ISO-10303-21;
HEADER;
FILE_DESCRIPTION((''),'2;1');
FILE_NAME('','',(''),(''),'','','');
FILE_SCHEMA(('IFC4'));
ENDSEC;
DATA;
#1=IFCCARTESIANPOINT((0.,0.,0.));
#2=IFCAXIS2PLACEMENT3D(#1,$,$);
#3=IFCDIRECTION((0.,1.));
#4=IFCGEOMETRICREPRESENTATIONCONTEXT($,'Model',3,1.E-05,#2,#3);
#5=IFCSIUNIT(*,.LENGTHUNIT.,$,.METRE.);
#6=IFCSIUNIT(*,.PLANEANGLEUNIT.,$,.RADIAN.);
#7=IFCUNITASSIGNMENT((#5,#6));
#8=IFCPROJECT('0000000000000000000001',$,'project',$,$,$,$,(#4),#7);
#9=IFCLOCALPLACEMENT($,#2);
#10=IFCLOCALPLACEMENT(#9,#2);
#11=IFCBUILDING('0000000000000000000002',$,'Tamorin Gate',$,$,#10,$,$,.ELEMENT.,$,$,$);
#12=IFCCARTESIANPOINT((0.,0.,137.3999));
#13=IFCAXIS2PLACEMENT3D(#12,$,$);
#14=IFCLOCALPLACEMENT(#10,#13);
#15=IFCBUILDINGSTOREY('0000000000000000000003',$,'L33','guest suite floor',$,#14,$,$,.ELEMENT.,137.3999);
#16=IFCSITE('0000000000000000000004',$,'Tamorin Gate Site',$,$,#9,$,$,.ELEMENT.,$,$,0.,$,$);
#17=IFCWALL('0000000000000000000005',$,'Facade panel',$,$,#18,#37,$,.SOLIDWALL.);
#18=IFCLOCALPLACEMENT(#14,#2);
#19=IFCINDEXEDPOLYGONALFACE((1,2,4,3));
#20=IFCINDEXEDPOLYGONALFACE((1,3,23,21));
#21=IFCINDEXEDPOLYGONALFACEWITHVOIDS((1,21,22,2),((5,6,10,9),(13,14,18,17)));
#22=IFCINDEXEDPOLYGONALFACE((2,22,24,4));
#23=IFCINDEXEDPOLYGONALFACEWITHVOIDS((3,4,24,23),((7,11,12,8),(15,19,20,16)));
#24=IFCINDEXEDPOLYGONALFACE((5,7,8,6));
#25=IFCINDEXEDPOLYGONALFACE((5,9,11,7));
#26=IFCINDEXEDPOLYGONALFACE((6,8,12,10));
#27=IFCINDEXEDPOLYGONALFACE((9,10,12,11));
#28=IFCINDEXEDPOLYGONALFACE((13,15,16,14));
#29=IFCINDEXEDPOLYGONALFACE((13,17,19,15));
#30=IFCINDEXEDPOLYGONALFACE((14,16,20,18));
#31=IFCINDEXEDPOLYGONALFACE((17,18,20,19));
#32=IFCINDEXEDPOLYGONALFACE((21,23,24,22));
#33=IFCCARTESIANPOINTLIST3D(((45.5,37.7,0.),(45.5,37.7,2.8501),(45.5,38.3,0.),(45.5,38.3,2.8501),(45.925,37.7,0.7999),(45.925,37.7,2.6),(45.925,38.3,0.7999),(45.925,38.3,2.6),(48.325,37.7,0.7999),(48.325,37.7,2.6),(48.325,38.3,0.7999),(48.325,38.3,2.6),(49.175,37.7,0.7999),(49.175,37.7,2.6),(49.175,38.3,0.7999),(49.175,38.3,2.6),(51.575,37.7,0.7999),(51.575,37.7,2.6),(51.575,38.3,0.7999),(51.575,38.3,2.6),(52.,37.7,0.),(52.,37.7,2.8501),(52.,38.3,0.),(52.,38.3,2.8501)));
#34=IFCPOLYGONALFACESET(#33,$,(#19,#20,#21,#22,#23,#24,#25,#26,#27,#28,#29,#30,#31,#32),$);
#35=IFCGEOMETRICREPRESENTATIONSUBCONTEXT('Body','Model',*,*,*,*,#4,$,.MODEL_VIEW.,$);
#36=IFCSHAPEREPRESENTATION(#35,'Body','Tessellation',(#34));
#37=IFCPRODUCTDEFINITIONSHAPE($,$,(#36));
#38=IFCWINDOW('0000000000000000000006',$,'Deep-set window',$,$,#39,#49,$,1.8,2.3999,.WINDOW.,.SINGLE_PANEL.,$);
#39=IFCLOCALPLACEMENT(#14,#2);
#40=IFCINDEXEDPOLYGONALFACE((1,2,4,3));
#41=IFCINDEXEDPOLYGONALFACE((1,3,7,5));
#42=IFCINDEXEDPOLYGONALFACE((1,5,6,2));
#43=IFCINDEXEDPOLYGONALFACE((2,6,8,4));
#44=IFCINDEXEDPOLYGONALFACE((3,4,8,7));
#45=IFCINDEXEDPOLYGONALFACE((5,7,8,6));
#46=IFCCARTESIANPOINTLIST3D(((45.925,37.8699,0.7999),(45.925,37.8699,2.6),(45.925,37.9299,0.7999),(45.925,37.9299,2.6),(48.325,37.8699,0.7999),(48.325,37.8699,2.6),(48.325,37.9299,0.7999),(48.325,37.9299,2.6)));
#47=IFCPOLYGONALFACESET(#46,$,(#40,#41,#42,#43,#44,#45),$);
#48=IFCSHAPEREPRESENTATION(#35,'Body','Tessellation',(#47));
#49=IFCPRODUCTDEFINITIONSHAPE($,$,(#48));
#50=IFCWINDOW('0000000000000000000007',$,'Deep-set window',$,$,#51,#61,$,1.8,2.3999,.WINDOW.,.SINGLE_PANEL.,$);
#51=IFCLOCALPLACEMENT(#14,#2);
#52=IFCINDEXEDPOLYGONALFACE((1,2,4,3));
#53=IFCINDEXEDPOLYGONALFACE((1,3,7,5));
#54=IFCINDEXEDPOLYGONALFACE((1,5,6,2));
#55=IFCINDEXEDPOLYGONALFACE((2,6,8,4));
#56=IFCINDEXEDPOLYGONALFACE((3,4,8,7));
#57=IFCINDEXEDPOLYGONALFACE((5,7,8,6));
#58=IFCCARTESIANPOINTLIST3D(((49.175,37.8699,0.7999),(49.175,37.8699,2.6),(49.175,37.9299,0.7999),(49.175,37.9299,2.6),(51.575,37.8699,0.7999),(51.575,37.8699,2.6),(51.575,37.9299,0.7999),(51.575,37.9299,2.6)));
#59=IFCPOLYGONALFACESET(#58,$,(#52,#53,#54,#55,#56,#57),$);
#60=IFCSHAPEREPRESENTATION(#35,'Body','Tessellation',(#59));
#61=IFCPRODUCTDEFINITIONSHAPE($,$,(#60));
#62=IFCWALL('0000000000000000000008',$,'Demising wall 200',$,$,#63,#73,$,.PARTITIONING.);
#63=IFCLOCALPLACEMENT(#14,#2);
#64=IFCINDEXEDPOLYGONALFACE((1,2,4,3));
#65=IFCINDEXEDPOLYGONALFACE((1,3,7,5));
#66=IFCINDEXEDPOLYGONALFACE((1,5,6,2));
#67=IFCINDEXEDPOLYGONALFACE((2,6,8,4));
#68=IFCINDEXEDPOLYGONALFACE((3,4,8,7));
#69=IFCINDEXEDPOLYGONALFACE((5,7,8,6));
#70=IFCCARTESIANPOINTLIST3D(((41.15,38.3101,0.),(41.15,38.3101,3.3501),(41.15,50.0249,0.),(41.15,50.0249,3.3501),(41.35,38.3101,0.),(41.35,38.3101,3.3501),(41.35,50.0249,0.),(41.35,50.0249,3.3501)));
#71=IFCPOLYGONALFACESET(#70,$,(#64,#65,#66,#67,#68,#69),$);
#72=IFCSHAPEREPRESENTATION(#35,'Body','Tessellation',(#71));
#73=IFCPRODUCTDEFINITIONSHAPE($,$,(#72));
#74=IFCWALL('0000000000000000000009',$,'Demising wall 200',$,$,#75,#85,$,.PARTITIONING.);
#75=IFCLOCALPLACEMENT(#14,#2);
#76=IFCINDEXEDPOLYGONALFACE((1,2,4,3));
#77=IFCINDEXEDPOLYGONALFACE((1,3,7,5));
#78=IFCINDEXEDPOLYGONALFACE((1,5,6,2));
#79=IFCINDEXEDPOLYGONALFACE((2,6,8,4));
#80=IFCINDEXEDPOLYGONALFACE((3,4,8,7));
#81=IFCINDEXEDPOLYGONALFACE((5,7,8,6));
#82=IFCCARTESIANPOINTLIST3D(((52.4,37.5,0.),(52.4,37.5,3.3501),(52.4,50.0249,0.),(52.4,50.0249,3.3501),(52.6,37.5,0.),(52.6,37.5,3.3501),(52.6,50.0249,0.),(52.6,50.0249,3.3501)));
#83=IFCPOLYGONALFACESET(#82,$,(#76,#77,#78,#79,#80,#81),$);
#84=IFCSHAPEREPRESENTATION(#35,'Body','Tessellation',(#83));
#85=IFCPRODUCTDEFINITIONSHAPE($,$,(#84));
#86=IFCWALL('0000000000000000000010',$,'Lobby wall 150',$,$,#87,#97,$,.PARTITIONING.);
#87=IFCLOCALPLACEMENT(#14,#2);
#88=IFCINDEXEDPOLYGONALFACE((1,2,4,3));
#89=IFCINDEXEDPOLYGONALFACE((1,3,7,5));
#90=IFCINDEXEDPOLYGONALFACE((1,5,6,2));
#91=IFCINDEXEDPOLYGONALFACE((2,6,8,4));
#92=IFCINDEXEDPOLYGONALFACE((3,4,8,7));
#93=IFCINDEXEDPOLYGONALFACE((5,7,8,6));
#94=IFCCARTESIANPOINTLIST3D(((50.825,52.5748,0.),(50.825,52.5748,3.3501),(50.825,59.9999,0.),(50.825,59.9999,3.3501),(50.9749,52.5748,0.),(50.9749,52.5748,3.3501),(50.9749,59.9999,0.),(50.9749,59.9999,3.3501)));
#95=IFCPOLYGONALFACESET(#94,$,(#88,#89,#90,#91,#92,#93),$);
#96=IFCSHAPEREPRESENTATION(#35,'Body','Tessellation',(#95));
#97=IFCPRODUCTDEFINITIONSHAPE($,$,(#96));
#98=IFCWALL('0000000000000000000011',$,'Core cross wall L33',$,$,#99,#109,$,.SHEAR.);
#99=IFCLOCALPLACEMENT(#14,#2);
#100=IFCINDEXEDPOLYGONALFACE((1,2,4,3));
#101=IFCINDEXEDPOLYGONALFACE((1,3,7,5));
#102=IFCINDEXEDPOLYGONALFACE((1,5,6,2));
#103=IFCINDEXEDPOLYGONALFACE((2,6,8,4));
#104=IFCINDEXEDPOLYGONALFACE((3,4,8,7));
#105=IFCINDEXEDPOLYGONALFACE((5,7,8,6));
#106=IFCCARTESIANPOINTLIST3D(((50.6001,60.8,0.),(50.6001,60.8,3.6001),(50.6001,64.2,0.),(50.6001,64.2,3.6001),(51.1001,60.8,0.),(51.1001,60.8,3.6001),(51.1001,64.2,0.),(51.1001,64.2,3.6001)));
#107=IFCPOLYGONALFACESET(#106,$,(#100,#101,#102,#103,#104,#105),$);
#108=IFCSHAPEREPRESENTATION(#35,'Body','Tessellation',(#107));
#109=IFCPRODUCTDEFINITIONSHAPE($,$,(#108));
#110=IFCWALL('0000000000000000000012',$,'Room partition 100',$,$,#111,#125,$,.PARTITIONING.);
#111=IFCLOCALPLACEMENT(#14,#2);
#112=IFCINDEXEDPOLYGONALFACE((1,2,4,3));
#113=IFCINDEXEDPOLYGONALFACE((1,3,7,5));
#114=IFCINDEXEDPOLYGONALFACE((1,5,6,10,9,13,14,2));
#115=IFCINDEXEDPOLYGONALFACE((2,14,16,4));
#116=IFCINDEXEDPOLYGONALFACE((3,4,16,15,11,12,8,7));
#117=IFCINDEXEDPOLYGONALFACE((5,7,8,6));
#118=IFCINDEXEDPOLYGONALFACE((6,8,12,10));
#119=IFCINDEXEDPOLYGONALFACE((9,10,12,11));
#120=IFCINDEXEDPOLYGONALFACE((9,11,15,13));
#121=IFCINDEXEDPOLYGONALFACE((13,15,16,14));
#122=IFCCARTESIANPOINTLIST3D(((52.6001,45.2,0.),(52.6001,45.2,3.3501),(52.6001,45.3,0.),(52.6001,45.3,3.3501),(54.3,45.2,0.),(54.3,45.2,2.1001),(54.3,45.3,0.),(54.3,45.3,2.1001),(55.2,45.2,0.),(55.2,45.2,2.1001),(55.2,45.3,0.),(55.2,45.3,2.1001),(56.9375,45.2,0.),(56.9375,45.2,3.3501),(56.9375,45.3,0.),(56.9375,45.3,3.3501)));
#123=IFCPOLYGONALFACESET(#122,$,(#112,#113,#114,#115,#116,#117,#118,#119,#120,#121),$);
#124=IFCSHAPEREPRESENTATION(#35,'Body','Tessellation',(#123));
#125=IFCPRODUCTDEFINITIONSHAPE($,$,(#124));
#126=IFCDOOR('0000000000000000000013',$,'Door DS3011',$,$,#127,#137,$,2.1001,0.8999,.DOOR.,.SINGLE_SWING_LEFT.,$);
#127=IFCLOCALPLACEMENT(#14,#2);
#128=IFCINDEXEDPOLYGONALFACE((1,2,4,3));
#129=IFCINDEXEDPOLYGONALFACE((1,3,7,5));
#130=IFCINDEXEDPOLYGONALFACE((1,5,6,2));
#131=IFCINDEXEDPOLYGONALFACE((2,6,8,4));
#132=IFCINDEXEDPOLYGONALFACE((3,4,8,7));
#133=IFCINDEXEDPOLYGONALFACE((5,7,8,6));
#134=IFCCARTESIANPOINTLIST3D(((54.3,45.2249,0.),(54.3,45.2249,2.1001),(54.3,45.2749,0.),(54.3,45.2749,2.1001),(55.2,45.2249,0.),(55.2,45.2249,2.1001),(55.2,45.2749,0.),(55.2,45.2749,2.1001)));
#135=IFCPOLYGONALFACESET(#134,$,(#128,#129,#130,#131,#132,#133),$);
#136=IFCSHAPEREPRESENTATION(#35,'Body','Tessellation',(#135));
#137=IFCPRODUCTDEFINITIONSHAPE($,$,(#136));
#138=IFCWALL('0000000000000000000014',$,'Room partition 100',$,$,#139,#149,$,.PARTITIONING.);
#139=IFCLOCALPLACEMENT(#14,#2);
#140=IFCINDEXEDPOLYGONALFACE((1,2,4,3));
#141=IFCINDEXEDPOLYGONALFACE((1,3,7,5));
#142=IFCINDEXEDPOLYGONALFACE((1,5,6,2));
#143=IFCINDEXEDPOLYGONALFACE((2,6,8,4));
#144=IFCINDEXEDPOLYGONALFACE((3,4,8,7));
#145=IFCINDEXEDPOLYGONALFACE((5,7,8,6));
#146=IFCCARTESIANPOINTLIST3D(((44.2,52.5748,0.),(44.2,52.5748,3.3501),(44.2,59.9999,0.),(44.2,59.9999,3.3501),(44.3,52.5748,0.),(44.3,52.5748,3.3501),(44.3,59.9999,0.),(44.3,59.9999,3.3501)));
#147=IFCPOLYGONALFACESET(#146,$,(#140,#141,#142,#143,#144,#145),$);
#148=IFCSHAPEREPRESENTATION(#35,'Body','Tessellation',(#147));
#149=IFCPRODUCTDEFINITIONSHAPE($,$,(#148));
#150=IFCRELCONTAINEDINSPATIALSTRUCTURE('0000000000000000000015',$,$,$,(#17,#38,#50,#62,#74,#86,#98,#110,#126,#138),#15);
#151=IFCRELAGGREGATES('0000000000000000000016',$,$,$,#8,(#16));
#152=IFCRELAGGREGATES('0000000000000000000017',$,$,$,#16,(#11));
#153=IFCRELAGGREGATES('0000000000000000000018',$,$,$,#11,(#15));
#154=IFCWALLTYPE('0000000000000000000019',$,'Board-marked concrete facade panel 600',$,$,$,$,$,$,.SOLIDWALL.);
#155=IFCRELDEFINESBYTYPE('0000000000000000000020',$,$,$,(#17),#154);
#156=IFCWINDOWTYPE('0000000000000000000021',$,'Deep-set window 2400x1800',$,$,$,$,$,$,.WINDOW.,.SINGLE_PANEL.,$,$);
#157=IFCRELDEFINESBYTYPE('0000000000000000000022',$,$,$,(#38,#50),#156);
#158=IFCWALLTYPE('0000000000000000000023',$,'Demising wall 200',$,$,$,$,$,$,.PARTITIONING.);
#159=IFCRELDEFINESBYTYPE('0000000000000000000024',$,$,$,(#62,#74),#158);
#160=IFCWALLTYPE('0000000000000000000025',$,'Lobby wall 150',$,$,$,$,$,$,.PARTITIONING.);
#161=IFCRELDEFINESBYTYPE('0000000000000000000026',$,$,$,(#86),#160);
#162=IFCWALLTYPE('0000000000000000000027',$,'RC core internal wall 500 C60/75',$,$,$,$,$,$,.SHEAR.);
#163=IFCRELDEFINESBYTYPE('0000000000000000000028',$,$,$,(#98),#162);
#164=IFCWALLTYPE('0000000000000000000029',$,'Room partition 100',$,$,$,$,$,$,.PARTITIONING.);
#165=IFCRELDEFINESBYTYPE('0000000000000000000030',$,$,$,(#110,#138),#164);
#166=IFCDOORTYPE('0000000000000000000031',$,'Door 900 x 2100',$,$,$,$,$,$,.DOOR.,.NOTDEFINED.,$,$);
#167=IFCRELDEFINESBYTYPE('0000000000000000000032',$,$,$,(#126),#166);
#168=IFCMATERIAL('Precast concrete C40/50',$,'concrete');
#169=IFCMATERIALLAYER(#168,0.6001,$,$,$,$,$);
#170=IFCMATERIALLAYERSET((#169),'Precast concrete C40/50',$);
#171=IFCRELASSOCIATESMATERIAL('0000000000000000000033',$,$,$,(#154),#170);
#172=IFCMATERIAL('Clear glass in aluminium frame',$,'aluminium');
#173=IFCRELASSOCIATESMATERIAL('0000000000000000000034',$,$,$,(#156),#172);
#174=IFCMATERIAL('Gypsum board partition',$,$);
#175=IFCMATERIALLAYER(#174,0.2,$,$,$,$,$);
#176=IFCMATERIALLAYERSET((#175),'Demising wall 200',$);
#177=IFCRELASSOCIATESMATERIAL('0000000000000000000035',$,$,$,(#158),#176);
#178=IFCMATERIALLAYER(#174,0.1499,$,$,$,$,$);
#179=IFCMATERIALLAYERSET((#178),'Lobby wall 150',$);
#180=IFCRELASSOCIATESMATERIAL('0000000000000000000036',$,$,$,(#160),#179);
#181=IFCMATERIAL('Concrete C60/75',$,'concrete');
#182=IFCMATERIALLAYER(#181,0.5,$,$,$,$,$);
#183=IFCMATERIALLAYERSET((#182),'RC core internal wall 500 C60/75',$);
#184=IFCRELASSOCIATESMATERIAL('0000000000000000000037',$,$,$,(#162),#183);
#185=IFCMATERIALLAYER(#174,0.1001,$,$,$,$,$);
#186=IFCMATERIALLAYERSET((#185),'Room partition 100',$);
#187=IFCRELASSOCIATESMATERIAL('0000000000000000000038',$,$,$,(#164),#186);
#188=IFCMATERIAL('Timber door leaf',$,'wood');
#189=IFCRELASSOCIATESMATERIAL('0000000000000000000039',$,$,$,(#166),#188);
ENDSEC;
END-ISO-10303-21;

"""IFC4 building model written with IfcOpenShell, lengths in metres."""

from ifc_helpers import new_model, si_unit, direction, frame, frame_2d, origin, place, context, subcontext, project, spatial, rectangle, extrude, material, layer, layer_set, type_object, element, fill, save


model = new_model("IFC4")

# Units and contexts
model_context = context("Model", 3, precision=1e-05, world=origin(), true_north=direction((0.0, 1.0)))
body_context = subcontext(model_context, "Body", "Model", "MODEL_VIEW")
ifc_project = project(units=[si_unit("LENGTHUNIT", "METRE"), si_unit("PLANEANGLEUNIT", "RADIAN")], contexts=[model_context])

# Site, building, storey
site_placement = place(None, origin())
site = spatial("IfcSite", under=ifc_project, at=site_placement, Name="Tamorin Gate Site", CompositionType="ELEMENT", RefElevation=0.0)
building_placement = place(site_placement, origin())
building = spatial("IfcBuilding", under=site, at=building_placement, Name="Tamorin Gate", CompositionType="ELEMENT")
storey_placement = place(building_placement, frame((0.0, 0.0, 137.3999)))
storey = spatial("IfcBuildingStorey", under=building, at=storey_placement, Name="L33", Description="guest suite floor", CompositionType="ELEMENT", Elevation=137.3999)

# Wall, openings, windows
ifc_material_1 = material(Name="Precast concrete C40/50", Category="concrete")
ifc_layer_1 = layer(ifc_material_1, 0.6001)
ifc_layer_set_1 = layer_set([ifc_layer_1], Name="Precast concrete C40/50")
wall_type_1 = type_object("IfcWallType", Name="Board-marked concrete facade panel 600", PredefinedType="SOLIDWALL", material=ifc_layer_set_1)
ifc_material_2 = material(Name="Clear glass in aluminium frame", Category="aluminium")
window_type = type_object("IfcWindowType", Name="Deep-set window 2400x1800", PartitioningType="SINGLE_PANEL", PredefinedType="WINDOW", material=ifc_material_2)
wall_1_placement = place(storey_placement, frame((45.5, 38.0, 0.0), z_axis=(0.0, 0.0, 1.0), x_axis=(1.0, 0.0, 0.0)))
wall_1 = element("IfcWall", 1, at=wall_1_placement, inside=storey, type_object=wall_type_1, Name="Facade panel", PredefinedType="SOLIDWALL", context=body_context, shape_type="SweptSolid", body=[
    extrude(rectangle(XDim=6.5, YDim=0.6001, at=frame_2d((3.25, 0.0))), origin(), (0.0, 0.0, 1.0), 2.8501),
])
opening_1_placement = place(wall_1_placement, frame((0.425, 0.0, 0.8)))
opening_1 = element("IfcOpeningElement", 2, at=opening_1_placement, cuts=wall_1, PredefinedType="OPENING", context=body_context, shape_type="SweptSolid", body=[
    extrude(rectangle(XDim=2.3999, YDim=1.8, at=frame_2d((1.2, 0.8999))), frame((0.0, 0.3101, 0.0), z_axis=(0.0, -1.0, 0.0), x_axis=(1.0, 0.0, 0.0)), (0.0, 0.0, 1.0), 0.6201),
])
opening_2_placement = place(wall_1_placement, frame((3.675, 0.0, 0.8)))
opening_2 = element("IfcOpeningElement", 3, at=opening_2_placement, cuts=wall_1, PredefinedType="OPENING", context=body_context, shape_type="SweptSolid", body=[
    extrude(rectangle(XDim=2.3999, YDim=1.8, at=frame_2d((1.2, 0.8999))), frame((0.0, 0.3101, 0.0), z_axis=(0.0, -1.0, 0.0), x_axis=(1.0, 0.0, 0.0)), (0.0, 0.0, 1.0), 0.6201),
])
window_1_placement = place(opening_1_placement, origin())
window_1 = element("IfcWindow", 4, at=window_1_placement, inside=storey, type_object=window_type, Name="Deep-set window", OverallHeight=1.8, OverallWidth=2.3999, PartitioningType="SINGLE_PANEL", PredefinedType="WINDOW", context=body_context, shape_type="SweptSolid", body=[
    extrude(rectangle(XDim=2.3999, YDim=1.8, at=frame_2d((1.2, 0.8999))), frame((0.0, -0.0701, 0.0), z_axis=(0.0, -1.0, 0.0), x_axis=(1.0, 0.0, 0.0)), (0.0, 0.0, 1.0), 0.0601),
])
fill(opening_1, window_1)
window_2_placement = place(opening_2_placement, origin())
window_2 = element("IfcWindow", 5, at=window_2_placement, inside=storey, type_object=window_type, Name="Deep-set window", OverallHeight=1.8, OverallWidth=2.3999, PartitioningType="SINGLE_PANEL", PredefinedType="WINDOW", context=body_context, shape_type="SweptSolid", body=[
    extrude(rectangle(XDim=2.3999, YDim=1.8, at=frame_2d((1.2, 0.8999))), frame((0.0, -0.0701, 0.0), z_axis=(0.0, -1.0, 0.0), x_axis=(1.0, 0.0, 0.0)), (0.0, 0.0, 1.0), 0.0601),
])
fill(opening_2, window_2)

# Walls
ifc_material_3 = material(Name="Gypsum board partition")
ifc_layer_2 = layer(ifc_material_3, 0.2)
ifc_layer_set_2 = layer_set([ifc_layer_2], Name="Demising wall 200")
wall_type_2 = type_object("IfcWallType", Name="Demising wall 200", PredefinedType="PARTITIONING", material=ifc_layer_set_2)
wall_2_placement = place(storey_placement, frame((41.25, 38.3101, 0.0), z_axis=(0.0, 0.0, 1.0), x_axis=(0.0, 1.0, 0.0)))
element("IfcWall", 6, at=wall_2_placement, inside=storey, type_object=wall_type_2, Name="Demising wall 200", PredefinedType="PARTITIONING", context=body_context, shape_type="SweptSolid", body=[
    extrude(rectangle(XDim=11.7148, YDim=0.2, at=frame_2d((5.8574, 0.0))), origin(), (0.0, 0.0, 1.0), 3.3501),
])
wall_3_placement = place(storey_placement, frame((52.5, 37.5, 0.0), z_axis=(0.0, 0.0, 1.0), x_axis=(0.0, 1.0, 0.0)))
element("IfcWall", 7, at=wall_3_placement, inside=storey, type_object=wall_type_2, Name="Demising wall 200", PredefinedType="PARTITIONING", context=body_context, shape_type="SweptSolid", body=[
    extrude(rectangle(XDim=12.5249, YDim=0.2, at=frame_2d((6.2625, 0.0))), origin(), (0.0, 0.0, 1.0), 3.3501),
])
ifc_layer_3 = layer(ifc_material_3, 0.1499)
ifc_layer_set_3 = layer_set([ifc_layer_3], Name="Lobby wall 150")
wall_type_3 = type_object("IfcWallType", Name="Lobby wall 150", PredefinedType="PARTITIONING", material=ifc_layer_set_3)
wall_4_placement = place(storey_placement, frame((50.8999, 52.575, 0.0), z_axis=(0.0, 0.0, 1.0), x_axis=(0.0, 1.0, 0.0)))
element("IfcWall", 8, at=wall_4_placement, inside=storey, type_object=wall_type_3, Name="Lobby wall 150", PredefinedType="PARTITIONING", context=body_context, shape_type="SweptSolid", body=[
    extrude(rectangle(XDim=7.425, YDim=0.1499, at=frame_2d((3.7124, 0.0))), origin(), (0.0, 0.0, 1.0), 3.3501),
])
ifc_material_4 = material(Name="Concrete C60/75", Category="concrete")
ifc_layer_4 = layer(ifc_material_4, 0.5)
ifc_layer_set_4 = layer_set([ifc_layer_4], Name="RC core internal wall 500 C60/75")
wall_type_4 = type_object("IfcWallType", Name="RC core internal wall 500 C60/75", PredefinedType="SHEAR", material=ifc_layer_set_4)
wall_5_placement = place(storey_placement, frame((50.8501, 60.8, 0.0), z_axis=(0.0, 0.0, 1.0), x_axis=(0.0, 1.0, 0.0)))
element("IfcWall", 9, at=wall_5_placement, inside=storey, type_object=wall_type_4, Name="Core cross wall L33", PredefinedType="SHEAR", context=body_context, shape_type="SweptSolid", body=[
    extrude(rectangle(XDim=3.3999, YDim=0.5, at=frame_2d((1.7, 0.0))), origin(), (0.0, 0.0, 1.0), 3.6001),
])

# Wall, opening, door
ifc_layer_5 = layer(ifc_material_3, 0.1001)
ifc_layer_set_5 = layer_set([ifc_layer_5], Name="Room partition 100")
wall_type_5 = type_object("IfcWallType", Name="Room partition 100", PredefinedType="PARTITIONING", material=ifc_layer_set_5)
wall_6_placement = place(storey_placement, frame((52.6001, 45.25, 0.0), z_axis=(0.0, 0.0, 1.0), x_axis=(1.0, 0.0, 0.0)))
wall_6 = element("IfcWall", 10, at=wall_6_placement, inside=storey, type_object=wall_type_5, Name="Room partition 100", PredefinedType="PARTITIONING", context=body_context, shape_type="SweptSolid", body=[
    extrude(rectangle(XDim=4.3374, YDim=0.1001, at=frame_2d((2.1687, 0.0))), origin(), (0.0, 0.0, 1.0), 3.3501),
])
opening_3_placement = place(wall_6_placement, frame((1.7, 0.0, 0.0)))
opening_3 = element("IfcOpeningElement", 11, at=opening_3_placement, cuts=wall_6, PredefinedType="OPENING", context=body_context, shape_type="SweptSolid", body=[
    extrude(rectangle(XDim=0.8999, YDim=2.1001, at=frame_2d((0.45, 1.05))), frame((0.0, 0.0601, 0.0), z_axis=(0.0, -1.0, 0.0), x_axis=(1.0, 0.0, 0.0)), (0.0, 0.0, 1.0), 0.1201),
])
ifc_material_5 = material(Name="Timber door leaf", Category="wood")
door_type = type_object("IfcDoorType", Name="Door 900 x 2100", OperationType="NOTDEFINED", PredefinedType="DOOR", material=ifc_material_5)
door_1_placement = place(opening_3_placement, origin())
door_1 = element("IfcDoor", 12, at=door_1_placement, inside=storey, type_object=door_type, Name="Door DS3011", OperationType="SINGLE_SWING_LEFT", OverallHeight=2.1001, OverallWidth=0.8999, PredefinedType="DOOR", context=body_context, shape_type="SweptSolid", body=[
    extrude(rectangle(XDim=0.8999, YDim=2.1001, at=frame_2d((0.45, 1.05))), frame((0.0, 0.0249, 0.0), z_axis=(0.0, -1.0, 0.0), x_axis=(1.0, 0.0, 0.0)), (0.0, 0.0, 1.0), 0.05),
])
fill(opening_3, door_1)

# Wall
wall_7_placement = place(storey_placement, frame((44.25, 52.575, 0.0), z_axis=(0.0, 0.0, 1.0), x_axis=(0.0, 1.0, 0.0)))
element("IfcWall", 13, at=wall_7_placement, inside=storey, type_object=wall_type_5, Name="Room partition 100", PredefinedType="PARTITIONING", context=body_context, shape_type="SweptSolid", body=[
    extrude(rectangle(XDim=7.425, YDim=0.1001, at=frame_2d((3.7124, 0.0))), origin(), (0.0, 0.0, 1.0), 3.3501),
])

save(model, "model.ifc")
